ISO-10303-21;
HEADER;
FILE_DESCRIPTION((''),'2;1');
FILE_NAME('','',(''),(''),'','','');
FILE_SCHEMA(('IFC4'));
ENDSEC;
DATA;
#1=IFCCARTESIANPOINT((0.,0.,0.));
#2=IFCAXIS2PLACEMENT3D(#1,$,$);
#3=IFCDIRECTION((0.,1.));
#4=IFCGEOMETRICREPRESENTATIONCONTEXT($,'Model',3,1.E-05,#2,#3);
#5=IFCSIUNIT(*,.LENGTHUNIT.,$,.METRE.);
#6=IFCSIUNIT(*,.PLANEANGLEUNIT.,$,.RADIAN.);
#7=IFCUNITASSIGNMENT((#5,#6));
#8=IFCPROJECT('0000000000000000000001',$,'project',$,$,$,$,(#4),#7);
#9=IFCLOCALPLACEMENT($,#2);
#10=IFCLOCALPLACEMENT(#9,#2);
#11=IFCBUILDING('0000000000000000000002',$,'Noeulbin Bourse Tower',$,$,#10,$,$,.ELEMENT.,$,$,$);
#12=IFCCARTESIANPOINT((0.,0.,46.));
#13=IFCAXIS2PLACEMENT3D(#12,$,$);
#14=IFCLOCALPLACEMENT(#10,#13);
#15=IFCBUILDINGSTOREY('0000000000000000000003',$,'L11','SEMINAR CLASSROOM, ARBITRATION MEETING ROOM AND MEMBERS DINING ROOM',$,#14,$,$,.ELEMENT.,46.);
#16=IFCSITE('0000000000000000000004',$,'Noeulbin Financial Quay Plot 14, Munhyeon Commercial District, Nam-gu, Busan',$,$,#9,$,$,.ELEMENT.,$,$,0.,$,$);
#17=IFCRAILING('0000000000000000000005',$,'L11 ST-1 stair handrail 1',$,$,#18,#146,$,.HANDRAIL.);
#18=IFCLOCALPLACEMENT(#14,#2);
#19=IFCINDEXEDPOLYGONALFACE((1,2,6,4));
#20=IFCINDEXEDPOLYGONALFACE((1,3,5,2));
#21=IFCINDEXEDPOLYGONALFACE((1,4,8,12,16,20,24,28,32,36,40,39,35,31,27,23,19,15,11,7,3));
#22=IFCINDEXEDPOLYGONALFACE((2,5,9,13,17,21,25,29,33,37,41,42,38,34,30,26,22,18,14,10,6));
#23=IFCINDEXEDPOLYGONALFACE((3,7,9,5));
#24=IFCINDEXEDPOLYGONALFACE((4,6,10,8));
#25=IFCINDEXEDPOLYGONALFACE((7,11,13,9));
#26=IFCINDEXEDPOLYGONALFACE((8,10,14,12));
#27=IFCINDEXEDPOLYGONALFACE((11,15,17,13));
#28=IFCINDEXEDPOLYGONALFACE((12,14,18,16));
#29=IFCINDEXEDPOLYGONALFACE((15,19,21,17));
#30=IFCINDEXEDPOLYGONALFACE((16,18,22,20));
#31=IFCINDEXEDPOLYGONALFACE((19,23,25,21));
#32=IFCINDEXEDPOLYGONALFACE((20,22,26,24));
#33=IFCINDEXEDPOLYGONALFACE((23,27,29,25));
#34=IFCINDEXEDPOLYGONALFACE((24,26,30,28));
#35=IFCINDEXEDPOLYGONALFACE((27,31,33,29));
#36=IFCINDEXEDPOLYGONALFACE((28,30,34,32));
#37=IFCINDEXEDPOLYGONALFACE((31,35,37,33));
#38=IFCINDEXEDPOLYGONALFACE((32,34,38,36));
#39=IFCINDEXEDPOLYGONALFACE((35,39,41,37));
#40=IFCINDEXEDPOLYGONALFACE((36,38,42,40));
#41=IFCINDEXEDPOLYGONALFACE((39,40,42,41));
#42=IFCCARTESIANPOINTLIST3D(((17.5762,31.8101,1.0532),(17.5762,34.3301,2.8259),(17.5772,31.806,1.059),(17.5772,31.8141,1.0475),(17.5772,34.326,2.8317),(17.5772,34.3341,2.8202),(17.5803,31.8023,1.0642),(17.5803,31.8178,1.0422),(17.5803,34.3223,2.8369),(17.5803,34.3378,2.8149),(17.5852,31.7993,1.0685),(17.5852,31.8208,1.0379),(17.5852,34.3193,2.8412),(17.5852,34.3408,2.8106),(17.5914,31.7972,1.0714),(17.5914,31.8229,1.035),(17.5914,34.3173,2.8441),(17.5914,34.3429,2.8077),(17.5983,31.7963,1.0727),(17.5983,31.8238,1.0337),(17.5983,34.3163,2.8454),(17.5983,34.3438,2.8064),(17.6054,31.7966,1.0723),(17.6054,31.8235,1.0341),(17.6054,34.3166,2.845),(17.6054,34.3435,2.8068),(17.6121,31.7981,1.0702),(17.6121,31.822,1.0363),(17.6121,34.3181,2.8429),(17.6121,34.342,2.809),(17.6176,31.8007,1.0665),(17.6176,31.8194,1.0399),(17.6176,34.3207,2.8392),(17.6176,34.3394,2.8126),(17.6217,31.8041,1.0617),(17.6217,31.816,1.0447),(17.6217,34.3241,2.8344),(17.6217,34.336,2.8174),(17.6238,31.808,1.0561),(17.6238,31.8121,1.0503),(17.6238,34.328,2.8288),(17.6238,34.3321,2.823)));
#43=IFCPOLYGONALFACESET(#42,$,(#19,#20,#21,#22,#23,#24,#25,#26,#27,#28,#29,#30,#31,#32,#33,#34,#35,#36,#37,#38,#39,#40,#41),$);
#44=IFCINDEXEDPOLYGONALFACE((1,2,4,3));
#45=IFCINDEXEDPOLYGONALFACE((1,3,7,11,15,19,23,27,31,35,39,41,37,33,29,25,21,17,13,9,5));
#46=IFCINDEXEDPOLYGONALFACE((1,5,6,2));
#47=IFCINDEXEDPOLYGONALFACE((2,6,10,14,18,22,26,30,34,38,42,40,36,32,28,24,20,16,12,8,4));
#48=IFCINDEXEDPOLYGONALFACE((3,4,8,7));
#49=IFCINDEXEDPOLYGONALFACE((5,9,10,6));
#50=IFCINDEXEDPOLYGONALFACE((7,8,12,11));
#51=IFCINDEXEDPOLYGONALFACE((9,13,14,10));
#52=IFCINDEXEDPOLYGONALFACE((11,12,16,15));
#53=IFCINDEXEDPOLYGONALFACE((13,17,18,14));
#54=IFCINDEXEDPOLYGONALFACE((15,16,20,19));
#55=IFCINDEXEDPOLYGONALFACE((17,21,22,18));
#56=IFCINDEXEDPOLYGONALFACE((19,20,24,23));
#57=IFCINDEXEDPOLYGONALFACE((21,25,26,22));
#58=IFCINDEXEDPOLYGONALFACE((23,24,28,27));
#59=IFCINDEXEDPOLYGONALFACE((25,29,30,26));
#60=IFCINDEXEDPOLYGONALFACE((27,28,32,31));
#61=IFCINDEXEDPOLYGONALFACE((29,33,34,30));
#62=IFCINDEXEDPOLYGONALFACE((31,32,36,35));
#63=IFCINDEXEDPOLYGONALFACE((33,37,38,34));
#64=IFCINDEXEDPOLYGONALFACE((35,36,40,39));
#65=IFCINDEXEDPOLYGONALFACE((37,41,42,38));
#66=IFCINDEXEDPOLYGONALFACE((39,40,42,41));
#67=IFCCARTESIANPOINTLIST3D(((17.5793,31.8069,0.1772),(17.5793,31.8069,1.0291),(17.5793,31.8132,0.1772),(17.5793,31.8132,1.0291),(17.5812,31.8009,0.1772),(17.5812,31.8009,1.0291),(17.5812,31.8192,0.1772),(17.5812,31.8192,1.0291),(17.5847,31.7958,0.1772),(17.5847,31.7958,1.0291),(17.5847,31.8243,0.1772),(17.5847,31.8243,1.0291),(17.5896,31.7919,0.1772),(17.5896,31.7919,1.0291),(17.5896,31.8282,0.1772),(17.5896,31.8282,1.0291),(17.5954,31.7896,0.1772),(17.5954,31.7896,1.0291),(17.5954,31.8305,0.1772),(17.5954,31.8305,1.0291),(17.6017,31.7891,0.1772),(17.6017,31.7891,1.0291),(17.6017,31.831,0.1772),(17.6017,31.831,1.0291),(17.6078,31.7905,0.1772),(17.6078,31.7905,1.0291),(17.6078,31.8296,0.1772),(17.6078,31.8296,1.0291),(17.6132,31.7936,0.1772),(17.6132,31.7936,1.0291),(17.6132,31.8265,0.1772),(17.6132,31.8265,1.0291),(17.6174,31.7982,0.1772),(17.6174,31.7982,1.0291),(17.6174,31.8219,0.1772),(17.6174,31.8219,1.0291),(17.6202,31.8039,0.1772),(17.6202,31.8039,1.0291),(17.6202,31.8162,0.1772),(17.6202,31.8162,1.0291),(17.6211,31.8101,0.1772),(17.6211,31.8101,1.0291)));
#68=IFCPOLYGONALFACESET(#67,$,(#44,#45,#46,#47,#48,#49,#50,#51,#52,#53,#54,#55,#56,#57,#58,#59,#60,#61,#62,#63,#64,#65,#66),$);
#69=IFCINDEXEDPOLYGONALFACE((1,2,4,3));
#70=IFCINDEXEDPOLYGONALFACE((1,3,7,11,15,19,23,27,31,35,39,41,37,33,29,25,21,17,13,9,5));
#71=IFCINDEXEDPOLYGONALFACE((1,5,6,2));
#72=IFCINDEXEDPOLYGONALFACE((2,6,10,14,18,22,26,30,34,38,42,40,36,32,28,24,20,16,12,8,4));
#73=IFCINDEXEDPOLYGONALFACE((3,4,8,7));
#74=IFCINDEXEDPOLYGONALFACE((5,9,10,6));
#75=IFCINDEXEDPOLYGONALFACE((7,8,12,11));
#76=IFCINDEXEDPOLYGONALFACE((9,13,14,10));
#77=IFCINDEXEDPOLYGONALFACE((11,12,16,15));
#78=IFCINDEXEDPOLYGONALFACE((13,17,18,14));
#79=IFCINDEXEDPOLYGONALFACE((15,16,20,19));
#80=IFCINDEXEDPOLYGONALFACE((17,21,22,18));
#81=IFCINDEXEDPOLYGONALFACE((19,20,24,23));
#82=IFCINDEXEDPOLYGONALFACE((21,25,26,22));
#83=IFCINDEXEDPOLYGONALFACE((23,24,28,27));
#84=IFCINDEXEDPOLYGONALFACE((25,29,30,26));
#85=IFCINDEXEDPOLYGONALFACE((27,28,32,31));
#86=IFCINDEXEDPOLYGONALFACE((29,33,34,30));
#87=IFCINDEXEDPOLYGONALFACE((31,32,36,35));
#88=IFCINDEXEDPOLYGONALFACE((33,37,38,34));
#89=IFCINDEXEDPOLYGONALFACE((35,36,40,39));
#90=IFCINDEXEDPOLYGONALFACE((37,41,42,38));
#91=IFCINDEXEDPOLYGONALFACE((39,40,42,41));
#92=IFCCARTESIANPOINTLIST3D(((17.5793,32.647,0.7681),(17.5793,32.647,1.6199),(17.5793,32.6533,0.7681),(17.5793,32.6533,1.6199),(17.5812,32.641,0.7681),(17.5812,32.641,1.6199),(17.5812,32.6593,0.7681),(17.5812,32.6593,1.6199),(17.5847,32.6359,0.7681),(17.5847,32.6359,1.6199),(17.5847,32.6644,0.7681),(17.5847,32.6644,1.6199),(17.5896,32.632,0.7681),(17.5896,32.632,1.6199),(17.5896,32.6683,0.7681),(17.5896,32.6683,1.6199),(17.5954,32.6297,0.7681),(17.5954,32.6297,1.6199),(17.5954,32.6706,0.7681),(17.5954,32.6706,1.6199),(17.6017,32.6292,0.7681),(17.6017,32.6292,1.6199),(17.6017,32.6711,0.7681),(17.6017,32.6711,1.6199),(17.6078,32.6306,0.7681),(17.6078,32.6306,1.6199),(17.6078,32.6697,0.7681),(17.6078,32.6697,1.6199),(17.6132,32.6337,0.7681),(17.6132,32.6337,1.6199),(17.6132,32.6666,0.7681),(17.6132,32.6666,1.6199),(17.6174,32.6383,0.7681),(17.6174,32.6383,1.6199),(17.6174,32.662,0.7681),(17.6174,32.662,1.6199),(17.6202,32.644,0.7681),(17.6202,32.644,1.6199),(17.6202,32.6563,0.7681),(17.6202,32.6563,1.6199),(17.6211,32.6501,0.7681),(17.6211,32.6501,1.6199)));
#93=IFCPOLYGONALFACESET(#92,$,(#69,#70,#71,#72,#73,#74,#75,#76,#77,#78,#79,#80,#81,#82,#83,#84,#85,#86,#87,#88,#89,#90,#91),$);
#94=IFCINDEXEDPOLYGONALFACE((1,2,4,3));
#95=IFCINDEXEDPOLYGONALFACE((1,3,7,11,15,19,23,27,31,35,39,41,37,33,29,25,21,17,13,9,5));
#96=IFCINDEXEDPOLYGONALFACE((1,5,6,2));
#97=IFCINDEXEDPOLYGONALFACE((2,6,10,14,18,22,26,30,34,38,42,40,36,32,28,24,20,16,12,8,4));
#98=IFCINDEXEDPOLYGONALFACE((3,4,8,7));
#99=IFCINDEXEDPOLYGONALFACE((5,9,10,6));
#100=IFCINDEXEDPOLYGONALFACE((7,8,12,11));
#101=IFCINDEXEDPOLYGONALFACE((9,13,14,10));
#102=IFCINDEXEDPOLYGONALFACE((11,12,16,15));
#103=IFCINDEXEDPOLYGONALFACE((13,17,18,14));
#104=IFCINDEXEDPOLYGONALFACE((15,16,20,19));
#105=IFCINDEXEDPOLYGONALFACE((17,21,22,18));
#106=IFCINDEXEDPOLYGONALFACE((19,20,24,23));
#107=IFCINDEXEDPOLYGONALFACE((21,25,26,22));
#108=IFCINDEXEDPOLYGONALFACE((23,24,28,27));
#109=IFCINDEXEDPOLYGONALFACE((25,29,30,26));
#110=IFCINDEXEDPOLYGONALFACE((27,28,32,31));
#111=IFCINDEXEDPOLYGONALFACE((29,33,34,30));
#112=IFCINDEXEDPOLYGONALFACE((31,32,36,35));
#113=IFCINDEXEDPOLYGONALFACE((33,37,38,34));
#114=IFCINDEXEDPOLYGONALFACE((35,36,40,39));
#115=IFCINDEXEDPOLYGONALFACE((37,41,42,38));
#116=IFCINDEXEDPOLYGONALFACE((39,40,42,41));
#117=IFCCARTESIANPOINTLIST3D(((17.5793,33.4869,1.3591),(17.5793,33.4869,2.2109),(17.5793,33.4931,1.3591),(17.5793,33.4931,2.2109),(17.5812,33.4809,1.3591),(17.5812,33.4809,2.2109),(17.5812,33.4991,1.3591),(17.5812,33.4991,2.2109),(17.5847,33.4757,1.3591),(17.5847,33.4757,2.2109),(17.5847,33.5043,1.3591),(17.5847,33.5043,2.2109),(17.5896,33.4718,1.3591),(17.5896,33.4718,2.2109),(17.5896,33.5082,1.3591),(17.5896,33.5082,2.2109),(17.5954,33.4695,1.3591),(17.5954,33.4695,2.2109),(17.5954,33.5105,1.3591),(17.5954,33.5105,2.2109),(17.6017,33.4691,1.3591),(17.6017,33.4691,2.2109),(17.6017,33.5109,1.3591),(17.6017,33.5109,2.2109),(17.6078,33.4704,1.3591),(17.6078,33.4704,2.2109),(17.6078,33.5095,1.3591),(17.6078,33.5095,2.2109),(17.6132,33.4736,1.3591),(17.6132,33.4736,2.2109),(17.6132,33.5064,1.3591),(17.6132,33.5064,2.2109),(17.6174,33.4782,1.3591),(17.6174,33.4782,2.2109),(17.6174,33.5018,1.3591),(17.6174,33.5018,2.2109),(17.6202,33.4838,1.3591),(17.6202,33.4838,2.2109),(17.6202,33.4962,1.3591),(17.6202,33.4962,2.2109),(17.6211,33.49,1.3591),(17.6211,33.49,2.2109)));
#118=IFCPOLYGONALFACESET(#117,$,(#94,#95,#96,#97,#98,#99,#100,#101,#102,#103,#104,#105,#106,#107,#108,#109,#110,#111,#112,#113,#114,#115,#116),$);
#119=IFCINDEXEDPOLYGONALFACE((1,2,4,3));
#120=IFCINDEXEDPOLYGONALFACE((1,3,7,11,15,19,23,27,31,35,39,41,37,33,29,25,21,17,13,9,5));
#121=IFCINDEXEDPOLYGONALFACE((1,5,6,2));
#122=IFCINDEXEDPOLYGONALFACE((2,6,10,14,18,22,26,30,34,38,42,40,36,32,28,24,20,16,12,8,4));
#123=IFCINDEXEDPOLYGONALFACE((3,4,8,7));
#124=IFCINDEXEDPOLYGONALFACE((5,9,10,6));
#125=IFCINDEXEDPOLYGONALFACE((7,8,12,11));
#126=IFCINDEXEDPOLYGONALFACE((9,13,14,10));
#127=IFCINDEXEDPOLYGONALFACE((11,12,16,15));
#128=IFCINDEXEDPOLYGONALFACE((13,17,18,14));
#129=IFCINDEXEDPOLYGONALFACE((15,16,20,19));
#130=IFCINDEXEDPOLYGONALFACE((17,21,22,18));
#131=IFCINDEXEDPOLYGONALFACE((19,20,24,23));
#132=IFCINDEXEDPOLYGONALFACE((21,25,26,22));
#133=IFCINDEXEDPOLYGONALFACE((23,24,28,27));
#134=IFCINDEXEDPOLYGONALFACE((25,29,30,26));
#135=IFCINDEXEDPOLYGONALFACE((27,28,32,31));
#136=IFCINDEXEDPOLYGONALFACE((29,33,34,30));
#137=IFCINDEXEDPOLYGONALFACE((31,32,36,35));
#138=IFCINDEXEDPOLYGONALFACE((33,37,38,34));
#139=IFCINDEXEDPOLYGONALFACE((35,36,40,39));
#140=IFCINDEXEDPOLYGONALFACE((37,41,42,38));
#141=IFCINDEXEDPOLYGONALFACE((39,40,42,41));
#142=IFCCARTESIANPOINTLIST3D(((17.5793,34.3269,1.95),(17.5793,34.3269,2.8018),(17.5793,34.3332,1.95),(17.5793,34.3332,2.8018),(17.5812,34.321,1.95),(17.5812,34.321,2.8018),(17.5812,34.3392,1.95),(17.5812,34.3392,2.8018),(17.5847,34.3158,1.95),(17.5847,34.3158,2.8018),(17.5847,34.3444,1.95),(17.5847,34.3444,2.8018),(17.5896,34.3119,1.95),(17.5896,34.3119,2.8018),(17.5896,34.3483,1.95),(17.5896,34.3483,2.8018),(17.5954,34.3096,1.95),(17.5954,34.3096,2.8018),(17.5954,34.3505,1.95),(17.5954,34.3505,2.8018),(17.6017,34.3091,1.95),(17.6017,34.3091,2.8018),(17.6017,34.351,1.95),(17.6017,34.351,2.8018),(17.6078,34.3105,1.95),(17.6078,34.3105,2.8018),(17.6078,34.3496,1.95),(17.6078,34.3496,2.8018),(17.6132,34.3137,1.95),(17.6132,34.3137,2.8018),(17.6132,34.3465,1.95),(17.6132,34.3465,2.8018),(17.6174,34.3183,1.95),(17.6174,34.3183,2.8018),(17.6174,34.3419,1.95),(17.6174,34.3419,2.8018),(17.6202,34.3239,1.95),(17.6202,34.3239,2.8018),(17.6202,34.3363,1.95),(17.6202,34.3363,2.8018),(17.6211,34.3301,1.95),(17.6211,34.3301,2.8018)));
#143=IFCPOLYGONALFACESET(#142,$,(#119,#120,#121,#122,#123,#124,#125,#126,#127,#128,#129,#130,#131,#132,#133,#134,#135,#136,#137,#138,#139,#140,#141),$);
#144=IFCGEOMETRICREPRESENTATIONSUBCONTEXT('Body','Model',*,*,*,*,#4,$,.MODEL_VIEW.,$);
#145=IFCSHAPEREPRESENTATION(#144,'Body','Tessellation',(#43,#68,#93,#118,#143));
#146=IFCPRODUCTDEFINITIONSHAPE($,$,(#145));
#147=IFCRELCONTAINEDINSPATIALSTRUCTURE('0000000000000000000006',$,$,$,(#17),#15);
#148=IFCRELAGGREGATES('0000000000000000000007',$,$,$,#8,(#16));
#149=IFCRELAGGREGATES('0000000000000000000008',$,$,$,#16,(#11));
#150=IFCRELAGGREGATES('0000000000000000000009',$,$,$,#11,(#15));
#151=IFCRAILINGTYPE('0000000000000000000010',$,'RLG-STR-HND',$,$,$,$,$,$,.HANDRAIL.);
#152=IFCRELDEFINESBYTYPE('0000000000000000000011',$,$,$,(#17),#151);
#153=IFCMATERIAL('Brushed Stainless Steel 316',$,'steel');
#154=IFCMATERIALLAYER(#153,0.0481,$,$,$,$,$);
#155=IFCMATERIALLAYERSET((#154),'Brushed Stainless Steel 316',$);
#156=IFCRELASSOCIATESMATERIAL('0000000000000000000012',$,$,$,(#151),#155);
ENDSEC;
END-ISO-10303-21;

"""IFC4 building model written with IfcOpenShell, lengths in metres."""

from ifc_helpers import new_model, si_unit, direction, frame, origin, origin_2d, place, context, subcontext, project, spatial, circle, extrude, material, layer, layer_set, type_object, element, save


model = new_model("IFC4")

# Units and contexts
model_context = context("Model", 3, precision=1e-05, world=origin(), true_north=direction((0.0, 1.0)))
body_context = subcontext(model_context, "Body", "Model", "MODEL_VIEW")
ifc_project = project(units=[si_unit("LENGTHUNIT", "METRE"), si_unit("PLANEANGLEUNIT", "RADIAN")], contexts=[model_context])

# Site, building, storey
site_placement = place(None, origin())
site = spatial("IfcSite", under=ifc_project, at=site_placement, Name="Noeulbin Financial Quay Plot 14, Munhyeon Commercial District, Nam-gu, Busan", CompositionType="ELEMENT", RefElevation=0.0)
building_placement = place(site_placement, origin())
building = spatial("IfcBuilding", under=site, at=building_placement, Name="Noeulbin Bourse Tower", CompositionType="ELEMENT")
storey_placement = place(building_placement, frame((0.0, 0.0, 46.0)))
storey = spatial("IfcBuildingStorey", under=building, at=storey_placement, Name="L11", Description="SEMINAR CLASSROOM, ARBITRATION MEETING ROOM AND MEMBERS DINING ROOM", CompositionType="ELEMENT", Elevation=46.0)

# Shared definitions
ifc_material_1 = material(Name="Brushed Stainless Steel 316", Category="steel")

# Railing
ifc_layer_1 = layer(ifc_material_1, 0.0481)
ifc_layer_set_1 = layer_set([ifc_layer_1], Name="Brushed Stainless Steel 316")
railing_type_1 = type_object("IfcRailingType", Name="RLG-STR-HND", PredefinedType="HANDRAIL", material=ifc_layer_set_1)
railing_1_placement = place(storey_placement, frame((17.6001, 31.8101, 0.1772)))
element("IfcRailing", 1, at=railing_1_placement, inside=storey, type_object=railing_type_1, Name="L11 ST-1 stair handrail 1", PredefinedType="HANDRAIL", context=body_context, shape_type="SweptSolid", body=[
    extrude(circle(Radius=0.0239, at=origin_2d()), frame((0.0, 0.0, 0.876), z_axis=(0.0, 0.817904, 0.575354), x_axis=(-1.0, 0.0, 0.0)), (0.0, 0.0, 1.0), 3.0811),
    extrude(circle(Radius=0.021, at=origin_2d()), origin(), (0.0, 0.0, 1.0), 0.8518),
    extrude(circle(Radius=0.021, at=origin_2d()), frame((0.0, 0.8401, 0.5908)), (0.0, 0.0, 1.0), 0.8518),
    extrude(circle(Radius=0.021, at=origin_2d()), frame((0.0, 1.6799, 1.1819)), (0.0, 0.0, 1.0), 0.8518),
    extrude(circle(Radius=0.021, at=origin_2d()), frame((0.0, 2.52, 1.7727)), (0.0, 0.0, 1.0), 0.8518),
])

save(model, "model.ifc")
